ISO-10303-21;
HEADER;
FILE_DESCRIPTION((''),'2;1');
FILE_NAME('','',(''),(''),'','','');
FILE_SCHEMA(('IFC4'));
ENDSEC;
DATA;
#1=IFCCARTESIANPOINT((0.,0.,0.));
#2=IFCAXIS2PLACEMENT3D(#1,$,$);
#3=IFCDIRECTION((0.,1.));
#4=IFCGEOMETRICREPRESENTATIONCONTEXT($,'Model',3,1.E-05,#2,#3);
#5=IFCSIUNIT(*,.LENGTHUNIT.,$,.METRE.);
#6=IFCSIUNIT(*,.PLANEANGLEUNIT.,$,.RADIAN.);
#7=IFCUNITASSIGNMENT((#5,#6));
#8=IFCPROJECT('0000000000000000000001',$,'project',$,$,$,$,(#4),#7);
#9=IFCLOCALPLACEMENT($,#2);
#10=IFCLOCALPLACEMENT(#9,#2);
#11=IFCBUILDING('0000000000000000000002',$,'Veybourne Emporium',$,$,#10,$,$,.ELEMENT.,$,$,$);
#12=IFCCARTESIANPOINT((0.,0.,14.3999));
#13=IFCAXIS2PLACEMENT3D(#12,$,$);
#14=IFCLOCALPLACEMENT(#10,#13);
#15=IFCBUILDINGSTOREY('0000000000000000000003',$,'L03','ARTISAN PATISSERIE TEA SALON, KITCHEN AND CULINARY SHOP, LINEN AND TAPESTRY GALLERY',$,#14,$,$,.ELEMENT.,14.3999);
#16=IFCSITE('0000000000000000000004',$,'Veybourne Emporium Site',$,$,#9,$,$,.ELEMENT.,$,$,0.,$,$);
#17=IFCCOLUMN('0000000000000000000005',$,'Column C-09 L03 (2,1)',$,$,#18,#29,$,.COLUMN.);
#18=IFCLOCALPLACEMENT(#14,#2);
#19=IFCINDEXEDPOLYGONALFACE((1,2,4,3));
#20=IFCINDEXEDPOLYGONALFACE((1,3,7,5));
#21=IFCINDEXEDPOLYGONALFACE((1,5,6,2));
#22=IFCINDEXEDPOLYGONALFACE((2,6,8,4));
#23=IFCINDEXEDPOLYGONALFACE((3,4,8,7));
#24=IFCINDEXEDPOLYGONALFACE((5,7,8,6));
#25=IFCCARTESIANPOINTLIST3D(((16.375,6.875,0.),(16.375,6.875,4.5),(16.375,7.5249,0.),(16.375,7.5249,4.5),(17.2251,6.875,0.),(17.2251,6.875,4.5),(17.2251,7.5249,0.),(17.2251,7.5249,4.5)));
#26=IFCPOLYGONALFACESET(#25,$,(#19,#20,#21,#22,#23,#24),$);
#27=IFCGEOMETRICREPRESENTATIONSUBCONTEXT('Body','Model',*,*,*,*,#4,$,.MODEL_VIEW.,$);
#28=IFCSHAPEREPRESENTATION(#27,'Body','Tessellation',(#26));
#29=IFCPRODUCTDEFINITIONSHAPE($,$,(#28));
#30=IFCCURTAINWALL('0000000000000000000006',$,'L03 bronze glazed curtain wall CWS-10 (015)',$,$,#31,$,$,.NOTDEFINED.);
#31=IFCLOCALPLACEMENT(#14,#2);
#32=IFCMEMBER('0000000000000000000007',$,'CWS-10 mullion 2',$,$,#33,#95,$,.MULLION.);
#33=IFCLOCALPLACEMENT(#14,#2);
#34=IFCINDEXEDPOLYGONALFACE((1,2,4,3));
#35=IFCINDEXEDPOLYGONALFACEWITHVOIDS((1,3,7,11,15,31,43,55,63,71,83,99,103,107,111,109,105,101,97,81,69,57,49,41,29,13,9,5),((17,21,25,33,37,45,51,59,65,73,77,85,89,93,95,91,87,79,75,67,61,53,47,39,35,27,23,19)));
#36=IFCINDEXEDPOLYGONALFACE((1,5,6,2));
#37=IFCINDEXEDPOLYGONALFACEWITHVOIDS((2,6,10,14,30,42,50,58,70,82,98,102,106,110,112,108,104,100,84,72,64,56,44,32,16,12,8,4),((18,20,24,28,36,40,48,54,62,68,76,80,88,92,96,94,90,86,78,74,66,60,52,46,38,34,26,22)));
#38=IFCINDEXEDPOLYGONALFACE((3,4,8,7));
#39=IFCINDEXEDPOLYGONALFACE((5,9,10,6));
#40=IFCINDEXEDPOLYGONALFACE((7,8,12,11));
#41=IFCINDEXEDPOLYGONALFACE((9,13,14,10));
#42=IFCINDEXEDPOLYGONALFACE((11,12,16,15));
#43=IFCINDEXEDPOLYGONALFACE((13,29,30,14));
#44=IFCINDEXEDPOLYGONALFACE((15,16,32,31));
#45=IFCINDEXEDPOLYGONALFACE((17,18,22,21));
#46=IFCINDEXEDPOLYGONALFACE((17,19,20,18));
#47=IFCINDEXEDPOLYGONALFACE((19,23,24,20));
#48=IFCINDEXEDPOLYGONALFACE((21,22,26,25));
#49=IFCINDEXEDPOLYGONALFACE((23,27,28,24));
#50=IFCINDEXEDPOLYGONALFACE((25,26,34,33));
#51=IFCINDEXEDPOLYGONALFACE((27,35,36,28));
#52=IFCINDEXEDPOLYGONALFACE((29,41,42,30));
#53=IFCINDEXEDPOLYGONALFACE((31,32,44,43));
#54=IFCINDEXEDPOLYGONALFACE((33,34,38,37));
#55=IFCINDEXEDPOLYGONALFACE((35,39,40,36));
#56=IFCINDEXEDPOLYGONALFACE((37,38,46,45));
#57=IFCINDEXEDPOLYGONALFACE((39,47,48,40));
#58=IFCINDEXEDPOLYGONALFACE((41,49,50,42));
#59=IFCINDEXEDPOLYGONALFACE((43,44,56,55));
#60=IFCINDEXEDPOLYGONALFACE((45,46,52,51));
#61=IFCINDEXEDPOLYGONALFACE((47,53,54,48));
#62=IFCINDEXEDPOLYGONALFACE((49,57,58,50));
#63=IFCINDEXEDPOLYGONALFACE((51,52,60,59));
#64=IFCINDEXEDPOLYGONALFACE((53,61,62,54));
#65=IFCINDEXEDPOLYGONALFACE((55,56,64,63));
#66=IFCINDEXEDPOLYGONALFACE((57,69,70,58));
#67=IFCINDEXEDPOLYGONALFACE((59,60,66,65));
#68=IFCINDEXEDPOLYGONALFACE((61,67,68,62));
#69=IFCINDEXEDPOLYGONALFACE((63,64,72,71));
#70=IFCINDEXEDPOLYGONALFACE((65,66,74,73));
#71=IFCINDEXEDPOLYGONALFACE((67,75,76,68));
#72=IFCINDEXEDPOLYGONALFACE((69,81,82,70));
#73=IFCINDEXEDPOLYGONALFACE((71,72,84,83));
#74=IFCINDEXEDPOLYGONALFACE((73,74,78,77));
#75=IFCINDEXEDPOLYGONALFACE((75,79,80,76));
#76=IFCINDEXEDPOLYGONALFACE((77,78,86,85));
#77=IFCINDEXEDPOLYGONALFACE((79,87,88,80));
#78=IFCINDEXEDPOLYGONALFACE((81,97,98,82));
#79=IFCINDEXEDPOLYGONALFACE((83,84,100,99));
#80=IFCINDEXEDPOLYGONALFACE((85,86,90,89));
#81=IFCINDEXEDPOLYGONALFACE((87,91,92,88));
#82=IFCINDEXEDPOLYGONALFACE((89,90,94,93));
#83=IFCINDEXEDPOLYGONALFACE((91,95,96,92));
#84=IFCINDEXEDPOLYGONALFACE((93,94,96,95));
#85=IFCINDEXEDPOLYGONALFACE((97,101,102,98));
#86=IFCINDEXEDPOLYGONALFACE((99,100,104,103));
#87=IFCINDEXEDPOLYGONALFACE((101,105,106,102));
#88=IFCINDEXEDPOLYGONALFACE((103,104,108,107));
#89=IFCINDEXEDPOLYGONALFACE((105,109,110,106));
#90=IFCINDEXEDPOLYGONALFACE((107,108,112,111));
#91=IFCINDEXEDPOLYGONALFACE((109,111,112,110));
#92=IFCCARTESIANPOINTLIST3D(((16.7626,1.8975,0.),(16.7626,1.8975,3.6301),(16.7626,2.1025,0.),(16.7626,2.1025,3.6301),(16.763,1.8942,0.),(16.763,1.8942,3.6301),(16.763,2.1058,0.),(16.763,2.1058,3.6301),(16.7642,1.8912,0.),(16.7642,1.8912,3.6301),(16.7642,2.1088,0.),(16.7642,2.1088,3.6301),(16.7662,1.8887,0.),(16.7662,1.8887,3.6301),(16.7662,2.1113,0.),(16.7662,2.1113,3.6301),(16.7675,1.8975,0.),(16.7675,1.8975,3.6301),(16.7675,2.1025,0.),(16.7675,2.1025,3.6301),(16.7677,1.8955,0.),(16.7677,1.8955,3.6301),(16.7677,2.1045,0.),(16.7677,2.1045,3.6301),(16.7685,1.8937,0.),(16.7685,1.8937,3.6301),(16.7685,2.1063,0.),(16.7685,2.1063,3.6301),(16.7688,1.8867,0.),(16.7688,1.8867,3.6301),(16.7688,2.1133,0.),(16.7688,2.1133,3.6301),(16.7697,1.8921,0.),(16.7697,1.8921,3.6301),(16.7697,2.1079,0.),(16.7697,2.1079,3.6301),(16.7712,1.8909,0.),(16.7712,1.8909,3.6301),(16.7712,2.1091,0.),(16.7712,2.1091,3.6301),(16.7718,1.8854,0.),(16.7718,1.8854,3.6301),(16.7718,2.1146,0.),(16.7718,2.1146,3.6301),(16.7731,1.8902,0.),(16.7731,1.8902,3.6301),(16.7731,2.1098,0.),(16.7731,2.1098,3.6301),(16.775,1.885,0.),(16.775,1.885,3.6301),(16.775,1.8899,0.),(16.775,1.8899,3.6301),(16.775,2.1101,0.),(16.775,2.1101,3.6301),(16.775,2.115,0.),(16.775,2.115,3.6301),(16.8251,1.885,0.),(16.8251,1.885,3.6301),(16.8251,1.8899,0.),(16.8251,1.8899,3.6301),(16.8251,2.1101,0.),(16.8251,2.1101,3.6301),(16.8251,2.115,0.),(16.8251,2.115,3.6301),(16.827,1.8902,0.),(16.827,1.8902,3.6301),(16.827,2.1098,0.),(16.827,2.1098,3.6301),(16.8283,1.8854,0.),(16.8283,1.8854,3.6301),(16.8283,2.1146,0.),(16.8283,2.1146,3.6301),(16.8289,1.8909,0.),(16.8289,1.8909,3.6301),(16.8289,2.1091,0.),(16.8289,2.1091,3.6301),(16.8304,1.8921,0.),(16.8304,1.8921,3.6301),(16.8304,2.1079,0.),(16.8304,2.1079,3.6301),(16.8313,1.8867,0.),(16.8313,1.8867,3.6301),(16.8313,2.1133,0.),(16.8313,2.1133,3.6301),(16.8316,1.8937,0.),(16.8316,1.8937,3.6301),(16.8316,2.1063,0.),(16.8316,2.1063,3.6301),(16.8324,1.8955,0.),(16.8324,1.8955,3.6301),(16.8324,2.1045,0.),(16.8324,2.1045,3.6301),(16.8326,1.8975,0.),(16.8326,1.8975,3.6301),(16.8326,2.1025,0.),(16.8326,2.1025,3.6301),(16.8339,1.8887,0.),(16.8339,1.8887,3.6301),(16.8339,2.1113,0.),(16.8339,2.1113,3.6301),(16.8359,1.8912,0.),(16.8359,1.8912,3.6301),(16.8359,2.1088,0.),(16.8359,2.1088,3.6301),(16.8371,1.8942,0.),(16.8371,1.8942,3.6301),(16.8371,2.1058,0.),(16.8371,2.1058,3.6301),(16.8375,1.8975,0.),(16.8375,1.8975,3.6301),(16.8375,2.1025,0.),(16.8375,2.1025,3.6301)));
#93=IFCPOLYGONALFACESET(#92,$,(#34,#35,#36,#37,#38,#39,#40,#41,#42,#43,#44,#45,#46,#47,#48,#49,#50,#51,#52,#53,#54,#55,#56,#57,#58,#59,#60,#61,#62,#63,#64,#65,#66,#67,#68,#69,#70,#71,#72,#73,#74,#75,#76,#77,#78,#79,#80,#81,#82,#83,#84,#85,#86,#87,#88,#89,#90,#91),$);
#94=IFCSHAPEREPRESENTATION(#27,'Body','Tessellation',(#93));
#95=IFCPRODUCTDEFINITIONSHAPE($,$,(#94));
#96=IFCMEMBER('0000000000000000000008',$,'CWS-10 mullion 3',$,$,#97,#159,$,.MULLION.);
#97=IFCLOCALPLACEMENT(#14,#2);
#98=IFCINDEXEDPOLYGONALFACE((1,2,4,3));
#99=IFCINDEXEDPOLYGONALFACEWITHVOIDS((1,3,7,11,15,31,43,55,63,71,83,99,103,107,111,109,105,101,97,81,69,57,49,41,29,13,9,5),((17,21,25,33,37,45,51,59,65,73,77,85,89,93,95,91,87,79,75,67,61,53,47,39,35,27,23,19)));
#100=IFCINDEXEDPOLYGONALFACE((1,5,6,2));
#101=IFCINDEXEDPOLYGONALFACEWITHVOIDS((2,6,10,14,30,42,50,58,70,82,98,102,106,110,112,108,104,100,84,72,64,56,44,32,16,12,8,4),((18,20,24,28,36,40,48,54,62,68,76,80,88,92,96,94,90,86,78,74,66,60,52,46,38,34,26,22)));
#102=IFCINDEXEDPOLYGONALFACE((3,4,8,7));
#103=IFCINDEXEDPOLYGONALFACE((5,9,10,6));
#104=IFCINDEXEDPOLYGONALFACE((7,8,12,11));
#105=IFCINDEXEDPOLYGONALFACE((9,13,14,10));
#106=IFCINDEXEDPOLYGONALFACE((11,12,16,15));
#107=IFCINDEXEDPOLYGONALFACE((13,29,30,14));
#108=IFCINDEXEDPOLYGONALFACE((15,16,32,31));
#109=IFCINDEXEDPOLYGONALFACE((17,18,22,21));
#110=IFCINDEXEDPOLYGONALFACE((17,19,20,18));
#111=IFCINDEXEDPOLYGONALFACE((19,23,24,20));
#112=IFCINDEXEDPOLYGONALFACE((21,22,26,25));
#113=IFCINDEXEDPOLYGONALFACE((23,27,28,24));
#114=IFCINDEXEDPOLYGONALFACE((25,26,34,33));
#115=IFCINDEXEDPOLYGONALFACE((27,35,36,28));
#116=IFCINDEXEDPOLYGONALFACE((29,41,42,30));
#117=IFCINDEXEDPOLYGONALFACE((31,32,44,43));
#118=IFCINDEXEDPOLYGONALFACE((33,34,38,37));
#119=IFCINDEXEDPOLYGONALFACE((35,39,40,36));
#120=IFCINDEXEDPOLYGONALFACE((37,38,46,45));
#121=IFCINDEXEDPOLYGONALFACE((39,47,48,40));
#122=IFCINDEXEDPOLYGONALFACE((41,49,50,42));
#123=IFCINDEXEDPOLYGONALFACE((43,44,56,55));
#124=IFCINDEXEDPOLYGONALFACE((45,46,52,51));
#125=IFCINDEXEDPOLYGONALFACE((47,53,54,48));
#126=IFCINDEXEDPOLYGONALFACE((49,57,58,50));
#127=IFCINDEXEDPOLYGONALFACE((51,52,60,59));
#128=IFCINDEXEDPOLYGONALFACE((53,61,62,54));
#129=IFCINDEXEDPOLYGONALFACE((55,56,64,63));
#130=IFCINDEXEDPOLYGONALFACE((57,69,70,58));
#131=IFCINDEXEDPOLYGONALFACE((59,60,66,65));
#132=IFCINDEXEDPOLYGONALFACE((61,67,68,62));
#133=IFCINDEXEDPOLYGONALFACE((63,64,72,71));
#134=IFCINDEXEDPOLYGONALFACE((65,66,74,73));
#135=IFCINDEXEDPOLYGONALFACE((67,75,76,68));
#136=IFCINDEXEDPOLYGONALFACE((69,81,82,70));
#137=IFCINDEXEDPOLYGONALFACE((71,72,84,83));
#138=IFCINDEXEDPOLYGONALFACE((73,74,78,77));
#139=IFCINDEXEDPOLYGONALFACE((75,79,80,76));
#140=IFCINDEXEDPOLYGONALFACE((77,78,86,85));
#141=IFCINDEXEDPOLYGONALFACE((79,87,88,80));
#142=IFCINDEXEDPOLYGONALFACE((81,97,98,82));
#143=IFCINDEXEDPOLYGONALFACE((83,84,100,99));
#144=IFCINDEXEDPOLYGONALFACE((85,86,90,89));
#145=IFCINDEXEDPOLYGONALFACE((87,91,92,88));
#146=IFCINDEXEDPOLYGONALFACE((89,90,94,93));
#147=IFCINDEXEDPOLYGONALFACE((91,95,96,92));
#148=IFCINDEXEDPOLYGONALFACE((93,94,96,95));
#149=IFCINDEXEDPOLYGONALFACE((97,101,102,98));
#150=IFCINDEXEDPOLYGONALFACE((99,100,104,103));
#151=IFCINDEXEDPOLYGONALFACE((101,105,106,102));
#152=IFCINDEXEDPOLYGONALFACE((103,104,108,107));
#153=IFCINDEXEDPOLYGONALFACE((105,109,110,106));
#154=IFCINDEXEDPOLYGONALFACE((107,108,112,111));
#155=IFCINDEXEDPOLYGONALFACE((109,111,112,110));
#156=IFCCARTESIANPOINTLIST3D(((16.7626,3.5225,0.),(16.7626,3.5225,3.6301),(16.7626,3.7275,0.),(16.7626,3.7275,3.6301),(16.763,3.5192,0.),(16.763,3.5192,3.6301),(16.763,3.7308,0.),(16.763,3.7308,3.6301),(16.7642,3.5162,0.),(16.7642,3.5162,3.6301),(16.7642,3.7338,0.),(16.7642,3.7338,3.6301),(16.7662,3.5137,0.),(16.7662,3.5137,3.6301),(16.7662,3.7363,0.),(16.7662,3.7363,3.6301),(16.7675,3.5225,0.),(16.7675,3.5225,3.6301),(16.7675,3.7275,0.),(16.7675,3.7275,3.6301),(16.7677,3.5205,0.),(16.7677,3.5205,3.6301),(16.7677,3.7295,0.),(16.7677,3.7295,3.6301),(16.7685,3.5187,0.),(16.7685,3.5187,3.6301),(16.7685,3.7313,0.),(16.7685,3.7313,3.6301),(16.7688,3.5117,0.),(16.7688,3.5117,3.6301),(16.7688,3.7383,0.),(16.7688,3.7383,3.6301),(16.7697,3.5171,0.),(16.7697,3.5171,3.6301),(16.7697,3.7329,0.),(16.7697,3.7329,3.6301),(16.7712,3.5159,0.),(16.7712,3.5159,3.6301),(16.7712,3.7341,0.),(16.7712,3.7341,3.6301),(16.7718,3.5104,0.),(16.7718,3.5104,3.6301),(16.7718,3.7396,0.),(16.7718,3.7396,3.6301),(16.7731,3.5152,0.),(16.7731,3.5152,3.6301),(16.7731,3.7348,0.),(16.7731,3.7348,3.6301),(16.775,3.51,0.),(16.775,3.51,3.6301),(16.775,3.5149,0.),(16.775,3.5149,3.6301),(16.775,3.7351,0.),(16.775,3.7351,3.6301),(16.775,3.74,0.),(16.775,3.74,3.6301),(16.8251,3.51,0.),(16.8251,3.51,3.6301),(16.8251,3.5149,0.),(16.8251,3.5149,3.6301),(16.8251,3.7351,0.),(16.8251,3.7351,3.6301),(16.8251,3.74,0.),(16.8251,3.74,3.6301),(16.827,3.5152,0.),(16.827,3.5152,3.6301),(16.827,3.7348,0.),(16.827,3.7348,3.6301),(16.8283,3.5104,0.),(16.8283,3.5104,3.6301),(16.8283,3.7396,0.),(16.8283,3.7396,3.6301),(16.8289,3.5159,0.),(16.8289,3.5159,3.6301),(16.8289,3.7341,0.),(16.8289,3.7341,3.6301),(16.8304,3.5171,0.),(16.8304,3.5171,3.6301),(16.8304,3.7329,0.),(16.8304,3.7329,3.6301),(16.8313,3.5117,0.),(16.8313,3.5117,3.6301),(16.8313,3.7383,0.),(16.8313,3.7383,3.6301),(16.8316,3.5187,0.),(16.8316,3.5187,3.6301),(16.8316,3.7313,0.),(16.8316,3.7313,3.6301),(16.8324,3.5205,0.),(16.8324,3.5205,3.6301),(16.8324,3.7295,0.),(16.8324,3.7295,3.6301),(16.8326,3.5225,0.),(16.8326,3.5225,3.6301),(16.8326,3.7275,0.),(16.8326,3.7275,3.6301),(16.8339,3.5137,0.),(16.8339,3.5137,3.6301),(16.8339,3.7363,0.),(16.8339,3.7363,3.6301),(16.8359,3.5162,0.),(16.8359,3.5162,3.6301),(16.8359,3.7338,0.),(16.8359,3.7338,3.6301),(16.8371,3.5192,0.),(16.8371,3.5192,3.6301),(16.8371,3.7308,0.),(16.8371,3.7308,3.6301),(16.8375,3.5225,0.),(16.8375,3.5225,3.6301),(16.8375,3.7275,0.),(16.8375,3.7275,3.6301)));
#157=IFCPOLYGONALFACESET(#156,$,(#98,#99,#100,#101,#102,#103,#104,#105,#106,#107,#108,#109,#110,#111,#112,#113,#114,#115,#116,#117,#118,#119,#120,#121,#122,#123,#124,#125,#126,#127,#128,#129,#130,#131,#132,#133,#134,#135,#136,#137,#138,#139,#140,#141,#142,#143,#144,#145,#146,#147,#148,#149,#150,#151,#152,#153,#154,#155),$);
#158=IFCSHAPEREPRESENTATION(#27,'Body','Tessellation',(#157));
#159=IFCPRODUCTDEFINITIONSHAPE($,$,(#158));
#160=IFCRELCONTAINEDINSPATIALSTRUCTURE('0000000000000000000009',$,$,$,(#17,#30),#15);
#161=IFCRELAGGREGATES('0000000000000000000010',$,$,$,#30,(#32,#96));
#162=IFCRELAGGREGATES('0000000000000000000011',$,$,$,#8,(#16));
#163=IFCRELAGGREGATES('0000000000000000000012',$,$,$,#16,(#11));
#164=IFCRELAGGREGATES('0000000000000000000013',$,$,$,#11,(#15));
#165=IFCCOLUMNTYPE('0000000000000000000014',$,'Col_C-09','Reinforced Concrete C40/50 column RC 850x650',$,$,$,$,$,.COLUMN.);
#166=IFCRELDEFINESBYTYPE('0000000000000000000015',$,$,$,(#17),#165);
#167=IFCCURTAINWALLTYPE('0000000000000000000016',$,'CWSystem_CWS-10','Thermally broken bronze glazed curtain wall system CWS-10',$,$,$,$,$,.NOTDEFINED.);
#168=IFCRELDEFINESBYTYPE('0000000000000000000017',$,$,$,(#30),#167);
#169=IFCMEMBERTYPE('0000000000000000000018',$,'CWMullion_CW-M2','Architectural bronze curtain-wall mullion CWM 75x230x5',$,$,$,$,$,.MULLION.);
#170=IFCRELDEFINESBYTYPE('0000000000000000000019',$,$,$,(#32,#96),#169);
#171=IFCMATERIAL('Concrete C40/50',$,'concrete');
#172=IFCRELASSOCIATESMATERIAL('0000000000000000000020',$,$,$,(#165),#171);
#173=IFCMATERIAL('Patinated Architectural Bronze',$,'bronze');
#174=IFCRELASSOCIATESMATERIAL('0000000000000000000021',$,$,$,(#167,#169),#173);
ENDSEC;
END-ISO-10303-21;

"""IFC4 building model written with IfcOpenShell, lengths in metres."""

from ifc_helpers import new_model, si_unit, direction, frame, origin, origin_2d, place, context, subcontext, project, spatial, rectangle, hollow_rectangle, extrude, material, material_profile, profile_set, type_object, element, aggregate, save


model = new_model("IFC4")

# Units and contexts
model_context = context("Model", 3, precision=1e-05, world=origin(), true_north=direction((0.0, 1.0)))
body_context = subcontext(model_context, "Body", "Model", "MODEL_VIEW")
ifc_project = project(units=[si_unit("LENGTHUNIT", "METRE"), si_unit("PLANEANGLEUNIT", "RADIAN")], contexts=[model_context])

# Site, building, storey
site_placement = place(None, origin())
site = spatial("IfcSite", under=ifc_project, at=site_placement, Name="Veybourne Emporium Site", CompositionType="ELEMENT", RefElevation=0.0)
building_placement = place(site_placement, origin())
building = spatial("IfcBuilding", under=site, at=building_placement, Name="Veybourne Emporium", CompositionType="ELEMENT")
storey_placement = place(building_placement, frame((0.0, 0.0, 14.3999)))
storey = spatial("IfcBuildingStorey", under=building, at=storey_placement, Name="L03", Description="ARTISAN PATISSERIE TEA SALON, KITCHEN AND CULINARY SHOP, LINEN AND TAPESTRY GALLERY", CompositionType="ELEMENT", Elevation=14.3999)

# Column
ifc_material_1 = material(Name="Concrete C40/50", Category="concrete")
ifc_material_profile_1 = material_profile(ifc_material_1, rectangle(XDim=0.8501, YDim=0.6499, at=origin_2d()), Name="RC 850x650")
ifc_profile_set_1 = profile_set([ifc_material_profile_1], Name="Concrete C40/50")
column_type = type_object("IfcColumnType", Name="Col_C-09", Description="Reinforced Concrete C40/50 column RC 850x650", PredefinedType="COLUMN", material=ifc_profile_set_1)
column_placement = place(storey_placement, frame((16.8, 7.2, 0.0), z_axis=(0.0, 0.0, 1.0), x_axis=(1.0, 0.0, 0.0)))
element("IfcColumn", 1, at=column_placement, inside=storey, type_object=column_type, Name="Column C-09 L03 (2,1)", PredefinedType="COLUMN", context=body_context, shape_type="SweptSolid", body=[
    extrude(rectangle(XDim=0.8501, YDim=0.6499, at=origin_2d()), origin(), (0.0, 0.0, 1.0), 4.5),
])

# Curtain wall, members
ifc_material_2 = material(Name="Patinated Architectural Bronze", Category="bronze")
curtain_wall_type_1 = type_object("IfcCurtainWallType", Name="CWSystem_CWS-10", Description="Thermally broken bronze glazed curtain wall system CWS-10", PredefinedType="NOTDEFINED", material=ifc_material_2)
curtain_wall_1_placement = place(storey_placement, origin())
curtain_wall_1 = element("IfcCurtainWall", 2, at=curtain_wall_1_placement, inside=storey, type_object=curtain_wall_type_1, Name="L03 bronze glazed curtain wall CWS-10 (015)", PredefinedType="NOTDEFINED")
ifc_material_profile_2 = material_profile(ifc_material_2, hollow_rectangle(XDim=0.075, YDim=0.23, WallThickness=0.0049, InnerFilletRadius=0.0076, OuterFilletRadius=0.0125, at=origin_2d()), Name="CWM 75x230x5")
ifc_profile_set_2 = profile_set([ifc_material_profile_2], Name="Patinated Architectural Bronze")
member_type_1 = type_object("IfcMemberType", Name="CWMullion_CW-M2", Description="Architectural bronze curtain-wall mullion CWM 75x230x5", PredefinedType="MULLION", material=ifc_profile_set_2)
member_1_placement = place(storey_placement, frame((16.8, 2.0, 0.0), z_axis=(0.0, 0.0, 1.0), x_axis=(-1.0, 0.0, 0.0)))
member_1 = element("IfcMember", 3, at=member_1_placement, type_object=member_type_1, Name="CWS-10 mullion 2", PredefinedType="MULLION", context=body_context, shape_type="SweptSolid", body=[
    extrude(hollow_rectangle(XDim=0.075, YDim=0.23, WallThickness=0.0049, InnerFilletRadius=0.0076, OuterFilletRadius=0.0125, at=origin_2d()), origin(), (0.0, 0.0, 1.0), 3.6301),
])
member_2_placement = place(storey_placement, frame((16.8, 3.625, 0.0), z_axis=(0.0, 0.0, 1.0), x_axis=(-1.0, 0.0, 0.0)))
member_2 = element("IfcMember", 4, at=member_2_placement, type_object=member_type_1, Name="CWS-10 mullion 3", PredefinedType="MULLION", context=body_context, shape_type="SweptSolid", body=[
    extrude(hollow_rectangle(XDim=0.075, YDim=0.23, WallThickness=0.0049, InnerFilletRadius=0.0076, OuterFilletRadius=0.0125, at=origin_2d()), origin(), (0.0, 0.0, 1.0), 3.6301),
])

aggregate(curtain_wall_1, [member_1, member_2])

save(model, "model.ifc")
